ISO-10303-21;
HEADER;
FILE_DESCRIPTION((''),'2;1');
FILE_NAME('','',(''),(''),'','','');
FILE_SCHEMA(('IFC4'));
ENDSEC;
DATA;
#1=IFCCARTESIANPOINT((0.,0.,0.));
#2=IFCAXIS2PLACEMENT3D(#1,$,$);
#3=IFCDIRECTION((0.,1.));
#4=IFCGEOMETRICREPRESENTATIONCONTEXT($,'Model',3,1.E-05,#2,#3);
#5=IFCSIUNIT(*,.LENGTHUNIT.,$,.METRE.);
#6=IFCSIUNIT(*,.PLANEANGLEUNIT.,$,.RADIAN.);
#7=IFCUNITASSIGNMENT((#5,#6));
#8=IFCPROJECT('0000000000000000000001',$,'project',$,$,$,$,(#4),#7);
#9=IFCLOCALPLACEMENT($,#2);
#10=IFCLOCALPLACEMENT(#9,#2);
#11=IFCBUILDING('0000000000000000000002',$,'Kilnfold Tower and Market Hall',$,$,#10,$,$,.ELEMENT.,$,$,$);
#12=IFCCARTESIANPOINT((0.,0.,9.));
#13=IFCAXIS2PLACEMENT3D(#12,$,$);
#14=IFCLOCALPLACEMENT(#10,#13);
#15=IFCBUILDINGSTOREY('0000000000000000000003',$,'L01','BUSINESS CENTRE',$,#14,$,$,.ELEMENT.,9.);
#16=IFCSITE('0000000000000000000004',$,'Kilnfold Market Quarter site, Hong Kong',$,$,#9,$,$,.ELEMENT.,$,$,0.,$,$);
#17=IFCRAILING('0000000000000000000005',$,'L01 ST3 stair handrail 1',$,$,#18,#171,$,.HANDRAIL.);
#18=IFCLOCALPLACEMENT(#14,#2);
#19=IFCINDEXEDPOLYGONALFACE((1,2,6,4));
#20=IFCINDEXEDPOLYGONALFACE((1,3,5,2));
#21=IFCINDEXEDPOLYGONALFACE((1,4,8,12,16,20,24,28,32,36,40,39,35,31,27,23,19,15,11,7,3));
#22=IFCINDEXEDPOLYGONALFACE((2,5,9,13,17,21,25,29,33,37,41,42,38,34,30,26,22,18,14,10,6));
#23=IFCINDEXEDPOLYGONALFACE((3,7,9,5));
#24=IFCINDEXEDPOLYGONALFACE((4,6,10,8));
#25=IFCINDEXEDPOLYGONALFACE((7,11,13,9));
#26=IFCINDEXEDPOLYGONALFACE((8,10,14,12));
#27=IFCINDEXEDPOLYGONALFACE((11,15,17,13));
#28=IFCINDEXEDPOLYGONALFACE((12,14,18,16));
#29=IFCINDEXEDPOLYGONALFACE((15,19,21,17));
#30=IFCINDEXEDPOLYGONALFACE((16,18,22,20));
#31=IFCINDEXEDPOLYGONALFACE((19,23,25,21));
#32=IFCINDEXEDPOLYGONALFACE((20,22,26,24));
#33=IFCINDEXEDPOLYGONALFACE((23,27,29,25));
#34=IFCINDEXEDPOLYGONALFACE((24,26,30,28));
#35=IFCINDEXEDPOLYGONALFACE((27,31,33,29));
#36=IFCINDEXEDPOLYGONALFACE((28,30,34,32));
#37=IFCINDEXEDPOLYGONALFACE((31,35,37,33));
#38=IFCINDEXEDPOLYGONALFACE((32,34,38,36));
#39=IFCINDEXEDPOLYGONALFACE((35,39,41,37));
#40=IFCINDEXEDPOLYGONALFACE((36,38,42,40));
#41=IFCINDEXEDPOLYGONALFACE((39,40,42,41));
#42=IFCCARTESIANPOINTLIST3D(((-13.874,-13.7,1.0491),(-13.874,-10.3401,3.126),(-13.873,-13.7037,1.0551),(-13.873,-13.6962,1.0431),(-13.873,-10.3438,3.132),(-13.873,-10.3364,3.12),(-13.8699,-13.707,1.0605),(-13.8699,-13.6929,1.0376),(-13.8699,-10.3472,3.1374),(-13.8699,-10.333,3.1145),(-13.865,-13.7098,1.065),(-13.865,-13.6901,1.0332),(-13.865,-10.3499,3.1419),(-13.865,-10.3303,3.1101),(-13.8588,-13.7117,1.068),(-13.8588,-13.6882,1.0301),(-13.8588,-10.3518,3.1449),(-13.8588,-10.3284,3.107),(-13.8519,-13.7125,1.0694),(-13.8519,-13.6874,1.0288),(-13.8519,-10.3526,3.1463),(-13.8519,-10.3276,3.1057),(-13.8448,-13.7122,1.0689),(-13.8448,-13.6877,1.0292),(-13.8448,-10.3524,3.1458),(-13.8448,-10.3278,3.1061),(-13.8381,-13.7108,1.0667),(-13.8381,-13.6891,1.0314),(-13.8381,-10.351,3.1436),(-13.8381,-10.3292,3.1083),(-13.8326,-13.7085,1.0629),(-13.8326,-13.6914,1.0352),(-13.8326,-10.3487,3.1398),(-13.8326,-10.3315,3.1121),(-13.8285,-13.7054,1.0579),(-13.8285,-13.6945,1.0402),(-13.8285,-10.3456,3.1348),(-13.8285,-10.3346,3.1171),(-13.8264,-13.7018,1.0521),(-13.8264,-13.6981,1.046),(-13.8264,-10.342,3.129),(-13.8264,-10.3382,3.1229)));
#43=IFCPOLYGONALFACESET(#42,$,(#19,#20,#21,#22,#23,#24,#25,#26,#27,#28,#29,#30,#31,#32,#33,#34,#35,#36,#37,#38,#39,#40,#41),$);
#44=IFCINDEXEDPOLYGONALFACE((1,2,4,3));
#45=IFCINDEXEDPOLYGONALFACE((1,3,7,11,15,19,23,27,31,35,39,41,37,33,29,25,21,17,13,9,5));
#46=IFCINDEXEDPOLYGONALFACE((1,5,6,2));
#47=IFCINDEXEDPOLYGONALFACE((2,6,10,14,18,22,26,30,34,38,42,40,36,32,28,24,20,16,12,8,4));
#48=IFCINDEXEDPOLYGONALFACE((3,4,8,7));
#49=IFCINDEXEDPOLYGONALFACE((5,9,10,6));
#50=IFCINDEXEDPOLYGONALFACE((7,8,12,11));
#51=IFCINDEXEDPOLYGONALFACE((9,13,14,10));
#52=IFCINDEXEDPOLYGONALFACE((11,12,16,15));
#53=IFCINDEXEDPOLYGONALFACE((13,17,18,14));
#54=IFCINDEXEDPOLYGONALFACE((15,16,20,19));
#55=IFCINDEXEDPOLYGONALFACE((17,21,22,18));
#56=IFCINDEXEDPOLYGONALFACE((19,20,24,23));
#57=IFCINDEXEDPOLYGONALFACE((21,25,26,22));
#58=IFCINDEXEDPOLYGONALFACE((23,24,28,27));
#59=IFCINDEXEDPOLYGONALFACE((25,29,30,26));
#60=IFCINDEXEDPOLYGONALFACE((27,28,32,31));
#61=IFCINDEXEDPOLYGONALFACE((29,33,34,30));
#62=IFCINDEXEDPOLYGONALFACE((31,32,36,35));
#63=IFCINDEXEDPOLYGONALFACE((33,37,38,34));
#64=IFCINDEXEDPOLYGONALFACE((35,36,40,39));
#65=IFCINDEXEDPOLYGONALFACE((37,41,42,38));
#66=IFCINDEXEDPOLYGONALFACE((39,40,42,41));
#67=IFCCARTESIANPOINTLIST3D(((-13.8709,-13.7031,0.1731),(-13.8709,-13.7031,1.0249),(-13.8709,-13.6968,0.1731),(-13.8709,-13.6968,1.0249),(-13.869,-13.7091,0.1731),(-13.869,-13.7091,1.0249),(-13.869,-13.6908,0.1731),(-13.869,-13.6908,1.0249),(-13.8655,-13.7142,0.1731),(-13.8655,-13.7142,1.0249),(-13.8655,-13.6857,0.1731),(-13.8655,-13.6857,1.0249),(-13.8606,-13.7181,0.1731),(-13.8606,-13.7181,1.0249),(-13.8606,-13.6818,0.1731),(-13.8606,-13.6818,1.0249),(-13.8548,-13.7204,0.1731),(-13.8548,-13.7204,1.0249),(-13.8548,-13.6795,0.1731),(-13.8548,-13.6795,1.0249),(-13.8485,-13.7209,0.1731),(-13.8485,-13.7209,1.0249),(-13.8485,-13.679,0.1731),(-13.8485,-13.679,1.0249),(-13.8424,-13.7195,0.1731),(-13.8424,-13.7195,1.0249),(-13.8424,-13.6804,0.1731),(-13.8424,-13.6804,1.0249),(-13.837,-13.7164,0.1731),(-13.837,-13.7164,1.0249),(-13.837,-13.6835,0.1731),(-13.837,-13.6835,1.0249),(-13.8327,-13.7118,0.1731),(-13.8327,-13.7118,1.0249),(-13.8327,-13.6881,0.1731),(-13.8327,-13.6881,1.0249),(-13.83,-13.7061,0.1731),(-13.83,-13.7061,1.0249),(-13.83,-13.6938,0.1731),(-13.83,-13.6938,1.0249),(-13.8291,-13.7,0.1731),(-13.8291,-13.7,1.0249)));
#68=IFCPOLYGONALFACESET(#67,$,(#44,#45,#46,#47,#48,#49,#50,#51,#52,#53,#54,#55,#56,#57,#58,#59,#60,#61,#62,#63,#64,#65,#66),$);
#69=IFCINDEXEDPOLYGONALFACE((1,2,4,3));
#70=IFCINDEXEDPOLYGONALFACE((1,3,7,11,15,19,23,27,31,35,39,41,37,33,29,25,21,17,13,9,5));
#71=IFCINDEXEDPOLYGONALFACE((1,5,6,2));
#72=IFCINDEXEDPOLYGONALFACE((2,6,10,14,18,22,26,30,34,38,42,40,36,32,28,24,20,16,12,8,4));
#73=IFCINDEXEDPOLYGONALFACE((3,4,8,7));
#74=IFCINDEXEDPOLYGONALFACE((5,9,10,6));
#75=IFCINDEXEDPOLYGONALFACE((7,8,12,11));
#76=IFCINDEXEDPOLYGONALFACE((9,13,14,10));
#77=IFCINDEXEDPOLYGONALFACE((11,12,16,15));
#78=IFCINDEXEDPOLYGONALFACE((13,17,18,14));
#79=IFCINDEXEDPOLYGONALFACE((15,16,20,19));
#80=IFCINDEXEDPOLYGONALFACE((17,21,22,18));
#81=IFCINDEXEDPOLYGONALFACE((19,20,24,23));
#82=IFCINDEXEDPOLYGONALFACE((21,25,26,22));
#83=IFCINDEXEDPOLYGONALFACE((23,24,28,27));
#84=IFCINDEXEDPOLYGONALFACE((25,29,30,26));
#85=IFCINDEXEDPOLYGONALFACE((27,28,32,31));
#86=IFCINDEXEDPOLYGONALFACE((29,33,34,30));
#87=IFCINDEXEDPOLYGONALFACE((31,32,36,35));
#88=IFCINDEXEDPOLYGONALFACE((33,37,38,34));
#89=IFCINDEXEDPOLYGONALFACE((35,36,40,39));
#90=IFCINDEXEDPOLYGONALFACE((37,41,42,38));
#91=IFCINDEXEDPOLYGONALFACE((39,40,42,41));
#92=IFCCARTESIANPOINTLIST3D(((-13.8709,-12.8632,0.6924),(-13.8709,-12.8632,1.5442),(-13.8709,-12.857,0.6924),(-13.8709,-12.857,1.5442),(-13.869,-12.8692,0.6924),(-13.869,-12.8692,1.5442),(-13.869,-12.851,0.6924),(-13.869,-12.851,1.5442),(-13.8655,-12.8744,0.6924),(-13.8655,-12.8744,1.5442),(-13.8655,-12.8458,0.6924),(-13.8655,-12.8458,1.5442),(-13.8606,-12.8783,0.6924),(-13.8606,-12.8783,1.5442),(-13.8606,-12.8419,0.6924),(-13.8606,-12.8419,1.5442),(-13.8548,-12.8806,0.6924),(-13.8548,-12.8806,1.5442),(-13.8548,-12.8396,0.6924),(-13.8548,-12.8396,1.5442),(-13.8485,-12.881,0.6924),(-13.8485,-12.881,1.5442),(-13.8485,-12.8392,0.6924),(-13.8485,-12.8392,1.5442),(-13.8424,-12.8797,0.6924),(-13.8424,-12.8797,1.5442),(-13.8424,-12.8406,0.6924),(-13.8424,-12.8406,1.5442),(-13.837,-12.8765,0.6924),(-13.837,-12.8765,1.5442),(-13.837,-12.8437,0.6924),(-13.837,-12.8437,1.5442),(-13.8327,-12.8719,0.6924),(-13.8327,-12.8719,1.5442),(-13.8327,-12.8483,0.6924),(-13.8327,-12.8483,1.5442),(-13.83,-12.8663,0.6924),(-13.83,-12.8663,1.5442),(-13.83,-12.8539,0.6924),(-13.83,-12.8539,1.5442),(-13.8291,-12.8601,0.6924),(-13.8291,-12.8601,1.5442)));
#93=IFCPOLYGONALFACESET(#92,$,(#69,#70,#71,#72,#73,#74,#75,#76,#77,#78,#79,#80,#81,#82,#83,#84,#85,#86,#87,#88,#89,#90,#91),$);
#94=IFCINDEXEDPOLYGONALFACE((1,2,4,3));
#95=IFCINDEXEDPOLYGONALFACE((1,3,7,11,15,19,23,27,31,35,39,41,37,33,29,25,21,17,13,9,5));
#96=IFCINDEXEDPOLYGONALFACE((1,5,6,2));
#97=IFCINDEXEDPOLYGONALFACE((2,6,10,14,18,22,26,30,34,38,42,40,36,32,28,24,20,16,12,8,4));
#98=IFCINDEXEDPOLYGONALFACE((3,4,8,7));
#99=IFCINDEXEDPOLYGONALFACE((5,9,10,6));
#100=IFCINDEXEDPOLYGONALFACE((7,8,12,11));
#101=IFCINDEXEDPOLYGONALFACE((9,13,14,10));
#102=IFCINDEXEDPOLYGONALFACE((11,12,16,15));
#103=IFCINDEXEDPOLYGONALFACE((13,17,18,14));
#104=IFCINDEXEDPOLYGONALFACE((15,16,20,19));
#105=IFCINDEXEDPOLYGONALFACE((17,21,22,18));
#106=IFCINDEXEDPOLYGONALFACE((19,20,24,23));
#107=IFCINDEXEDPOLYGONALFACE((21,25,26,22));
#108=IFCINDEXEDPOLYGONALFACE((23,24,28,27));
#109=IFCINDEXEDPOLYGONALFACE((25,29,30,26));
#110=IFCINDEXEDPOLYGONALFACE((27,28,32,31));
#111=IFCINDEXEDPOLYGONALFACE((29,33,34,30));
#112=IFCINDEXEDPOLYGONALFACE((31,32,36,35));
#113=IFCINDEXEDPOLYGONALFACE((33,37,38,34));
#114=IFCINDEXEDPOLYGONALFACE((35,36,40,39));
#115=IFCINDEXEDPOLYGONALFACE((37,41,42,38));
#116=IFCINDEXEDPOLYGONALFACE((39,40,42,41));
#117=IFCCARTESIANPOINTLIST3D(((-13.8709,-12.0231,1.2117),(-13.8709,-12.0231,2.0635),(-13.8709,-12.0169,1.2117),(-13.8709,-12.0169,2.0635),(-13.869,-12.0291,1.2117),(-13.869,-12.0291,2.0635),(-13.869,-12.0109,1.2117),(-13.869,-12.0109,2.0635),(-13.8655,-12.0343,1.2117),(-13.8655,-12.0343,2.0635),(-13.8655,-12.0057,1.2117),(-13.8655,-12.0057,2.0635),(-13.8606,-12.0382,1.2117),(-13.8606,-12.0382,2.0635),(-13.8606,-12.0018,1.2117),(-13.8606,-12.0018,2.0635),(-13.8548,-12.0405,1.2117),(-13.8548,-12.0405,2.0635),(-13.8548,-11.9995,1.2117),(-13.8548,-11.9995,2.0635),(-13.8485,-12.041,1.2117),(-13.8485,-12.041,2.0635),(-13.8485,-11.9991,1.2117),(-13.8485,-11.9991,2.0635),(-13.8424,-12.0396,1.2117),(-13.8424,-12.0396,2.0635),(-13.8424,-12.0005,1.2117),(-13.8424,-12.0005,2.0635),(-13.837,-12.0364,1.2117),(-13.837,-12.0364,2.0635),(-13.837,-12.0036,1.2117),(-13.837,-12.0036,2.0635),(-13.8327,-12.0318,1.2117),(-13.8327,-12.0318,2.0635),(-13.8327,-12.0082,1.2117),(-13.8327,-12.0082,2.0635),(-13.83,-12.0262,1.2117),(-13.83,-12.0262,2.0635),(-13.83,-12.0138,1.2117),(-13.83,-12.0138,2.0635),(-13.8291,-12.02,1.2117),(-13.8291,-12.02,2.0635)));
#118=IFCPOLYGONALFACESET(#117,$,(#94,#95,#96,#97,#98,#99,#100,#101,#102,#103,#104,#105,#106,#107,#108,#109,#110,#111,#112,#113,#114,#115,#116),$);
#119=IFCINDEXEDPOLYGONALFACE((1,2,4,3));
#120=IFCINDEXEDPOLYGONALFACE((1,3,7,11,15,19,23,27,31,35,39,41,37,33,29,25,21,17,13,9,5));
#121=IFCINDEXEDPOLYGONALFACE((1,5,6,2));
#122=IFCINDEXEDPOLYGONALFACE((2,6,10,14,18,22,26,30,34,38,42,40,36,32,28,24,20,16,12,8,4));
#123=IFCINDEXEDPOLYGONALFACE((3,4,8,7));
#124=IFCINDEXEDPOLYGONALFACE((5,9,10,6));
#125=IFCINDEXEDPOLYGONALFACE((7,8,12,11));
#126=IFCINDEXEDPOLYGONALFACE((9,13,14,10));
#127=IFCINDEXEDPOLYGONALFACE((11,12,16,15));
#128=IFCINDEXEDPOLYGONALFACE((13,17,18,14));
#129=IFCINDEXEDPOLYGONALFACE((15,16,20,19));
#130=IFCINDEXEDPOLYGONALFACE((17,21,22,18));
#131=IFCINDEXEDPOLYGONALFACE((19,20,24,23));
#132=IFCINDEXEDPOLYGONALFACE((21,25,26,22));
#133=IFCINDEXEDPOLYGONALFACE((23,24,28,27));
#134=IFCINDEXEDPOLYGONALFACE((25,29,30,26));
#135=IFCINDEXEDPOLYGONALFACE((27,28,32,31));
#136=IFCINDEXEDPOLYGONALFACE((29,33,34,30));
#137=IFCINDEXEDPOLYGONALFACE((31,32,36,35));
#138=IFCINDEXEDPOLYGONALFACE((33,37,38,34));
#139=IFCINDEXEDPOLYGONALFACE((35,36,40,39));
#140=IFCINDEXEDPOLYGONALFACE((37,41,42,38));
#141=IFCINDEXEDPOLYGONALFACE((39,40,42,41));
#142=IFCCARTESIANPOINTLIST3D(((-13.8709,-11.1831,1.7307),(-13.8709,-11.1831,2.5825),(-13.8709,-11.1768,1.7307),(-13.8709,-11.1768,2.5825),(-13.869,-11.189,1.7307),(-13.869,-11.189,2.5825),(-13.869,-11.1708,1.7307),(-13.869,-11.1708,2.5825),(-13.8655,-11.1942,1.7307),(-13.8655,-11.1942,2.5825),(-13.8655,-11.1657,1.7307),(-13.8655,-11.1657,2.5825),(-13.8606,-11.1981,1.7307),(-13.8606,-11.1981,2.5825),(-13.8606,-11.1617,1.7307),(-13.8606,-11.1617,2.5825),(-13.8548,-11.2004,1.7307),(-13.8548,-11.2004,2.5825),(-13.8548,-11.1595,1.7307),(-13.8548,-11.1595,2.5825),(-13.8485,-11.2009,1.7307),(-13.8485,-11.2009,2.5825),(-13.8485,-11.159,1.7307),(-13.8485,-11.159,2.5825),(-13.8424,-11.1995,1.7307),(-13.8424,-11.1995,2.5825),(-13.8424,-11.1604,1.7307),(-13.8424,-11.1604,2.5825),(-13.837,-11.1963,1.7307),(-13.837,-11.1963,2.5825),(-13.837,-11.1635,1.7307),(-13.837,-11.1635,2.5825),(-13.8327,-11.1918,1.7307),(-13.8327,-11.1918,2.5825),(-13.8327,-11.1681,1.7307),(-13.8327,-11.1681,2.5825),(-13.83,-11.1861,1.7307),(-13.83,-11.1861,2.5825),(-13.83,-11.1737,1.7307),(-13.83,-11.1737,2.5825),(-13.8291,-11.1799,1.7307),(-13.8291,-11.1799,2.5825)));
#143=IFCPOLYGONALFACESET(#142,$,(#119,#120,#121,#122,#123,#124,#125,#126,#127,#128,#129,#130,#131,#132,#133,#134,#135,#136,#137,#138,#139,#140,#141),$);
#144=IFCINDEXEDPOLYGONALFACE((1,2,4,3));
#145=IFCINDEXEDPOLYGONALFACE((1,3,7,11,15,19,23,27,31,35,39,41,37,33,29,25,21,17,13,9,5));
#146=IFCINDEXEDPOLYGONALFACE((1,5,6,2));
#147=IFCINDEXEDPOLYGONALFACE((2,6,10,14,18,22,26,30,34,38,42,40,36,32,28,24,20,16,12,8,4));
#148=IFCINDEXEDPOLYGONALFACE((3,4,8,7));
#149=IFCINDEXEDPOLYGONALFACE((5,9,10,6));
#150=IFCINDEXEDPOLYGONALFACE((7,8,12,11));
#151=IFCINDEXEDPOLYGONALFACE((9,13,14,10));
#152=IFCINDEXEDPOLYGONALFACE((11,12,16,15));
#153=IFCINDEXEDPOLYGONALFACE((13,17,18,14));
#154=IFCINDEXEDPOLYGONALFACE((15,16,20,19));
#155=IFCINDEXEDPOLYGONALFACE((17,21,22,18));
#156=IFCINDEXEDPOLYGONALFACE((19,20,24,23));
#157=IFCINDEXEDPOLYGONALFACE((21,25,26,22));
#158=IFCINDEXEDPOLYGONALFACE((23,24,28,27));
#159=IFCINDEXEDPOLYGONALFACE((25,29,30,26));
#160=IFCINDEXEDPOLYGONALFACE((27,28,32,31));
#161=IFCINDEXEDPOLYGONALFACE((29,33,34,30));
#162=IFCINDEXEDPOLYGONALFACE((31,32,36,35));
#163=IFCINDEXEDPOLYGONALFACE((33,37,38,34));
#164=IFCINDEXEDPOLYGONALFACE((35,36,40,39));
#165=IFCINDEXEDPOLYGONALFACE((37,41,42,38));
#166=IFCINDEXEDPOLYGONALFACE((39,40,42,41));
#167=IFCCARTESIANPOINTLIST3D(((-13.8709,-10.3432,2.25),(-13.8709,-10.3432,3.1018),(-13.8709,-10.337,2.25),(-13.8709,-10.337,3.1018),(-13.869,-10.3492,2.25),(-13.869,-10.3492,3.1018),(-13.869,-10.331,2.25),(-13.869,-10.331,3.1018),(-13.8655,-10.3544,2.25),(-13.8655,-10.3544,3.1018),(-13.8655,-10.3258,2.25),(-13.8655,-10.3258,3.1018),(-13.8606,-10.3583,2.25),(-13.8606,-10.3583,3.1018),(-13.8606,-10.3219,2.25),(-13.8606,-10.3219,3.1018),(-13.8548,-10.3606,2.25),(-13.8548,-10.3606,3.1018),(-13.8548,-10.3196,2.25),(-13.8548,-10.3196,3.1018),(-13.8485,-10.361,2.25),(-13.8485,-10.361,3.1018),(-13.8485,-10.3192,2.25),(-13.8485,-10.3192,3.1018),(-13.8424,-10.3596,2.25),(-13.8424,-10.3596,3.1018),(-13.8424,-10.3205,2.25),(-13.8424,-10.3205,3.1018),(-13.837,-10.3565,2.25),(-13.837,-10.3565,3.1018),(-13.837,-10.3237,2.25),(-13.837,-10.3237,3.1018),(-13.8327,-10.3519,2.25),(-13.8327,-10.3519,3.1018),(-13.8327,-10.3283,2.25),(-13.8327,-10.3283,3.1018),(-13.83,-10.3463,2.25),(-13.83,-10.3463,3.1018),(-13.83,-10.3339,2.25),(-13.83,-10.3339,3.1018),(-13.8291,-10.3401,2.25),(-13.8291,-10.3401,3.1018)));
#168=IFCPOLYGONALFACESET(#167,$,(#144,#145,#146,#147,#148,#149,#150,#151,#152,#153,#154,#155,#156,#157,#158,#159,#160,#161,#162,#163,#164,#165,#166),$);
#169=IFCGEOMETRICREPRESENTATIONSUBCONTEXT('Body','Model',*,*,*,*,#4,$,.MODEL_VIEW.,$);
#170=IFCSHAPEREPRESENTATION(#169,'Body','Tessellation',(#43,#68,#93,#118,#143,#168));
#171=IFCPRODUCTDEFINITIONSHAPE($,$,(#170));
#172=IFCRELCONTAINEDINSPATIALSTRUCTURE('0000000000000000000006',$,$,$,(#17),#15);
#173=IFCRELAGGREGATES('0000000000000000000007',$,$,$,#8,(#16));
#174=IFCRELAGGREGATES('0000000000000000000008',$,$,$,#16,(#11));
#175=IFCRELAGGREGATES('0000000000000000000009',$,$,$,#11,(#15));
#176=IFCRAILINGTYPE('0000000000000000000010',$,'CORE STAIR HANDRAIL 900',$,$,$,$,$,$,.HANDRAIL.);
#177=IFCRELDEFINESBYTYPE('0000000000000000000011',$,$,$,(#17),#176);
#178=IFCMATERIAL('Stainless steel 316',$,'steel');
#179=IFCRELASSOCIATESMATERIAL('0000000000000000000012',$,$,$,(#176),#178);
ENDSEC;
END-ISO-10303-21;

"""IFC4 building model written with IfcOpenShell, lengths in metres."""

from ifc_helpers import new_model, si_unit, direction, frame, origin, origin_2d, place, context, subcontext, project, spatial, circle, extrude, material, type_object, element, save


model = new_model("IFC4")

# Units and contexts
model_context = context("Model", 3, precision=1e-05, world=origin(), true_north=direction((0.0, 1.0)))
body_context = subcontext(model_context, "Body", "Model", "MODEL_VIEW")
ifc_project = project(units=[si_unit("LENGTHUNIT", "METRE"), si_unit("PLANEANGLEUNIT", "RADIAN")], contexts=[model_context])

# Site, building, storey
site_placement = place(None, origin())
site = spatial("IfcSite", under=ifc_project, at=site_placement, Name="Kilnfold Market Quarter site, Hong Kong", CompositionType="ELEMENT", RefElevation=0.0)
building_placement = place(site_placement, origin())
building = spatial("IfcBuilding", under=site, at=building_placement, Name="Kilnfold Tower and Market Hall", CompositionType="ELEMENT")
storey_placement = place(building_placement, frame((0.0, 0.0, 9.0)))
storey = spatial("IfcBuildingStorey", under=building, at=storey_placement, Name="L01", Description="BUSINESS CENTRE", CompositionType="ELEMENT", Elevation=9.0)

# Railing
ifc_material_1 = material(Name="Stainless steel 316", Category="steel")
railing_type_1 = type_object("IfcRailingType", Name="CORE STAIR HANDRAIL 900", PredefinedType="HANDRAIL", material=ifc_material_1)
railing_1_placement = place(storey_placement, frame((-13.8501, -13.7, 0.1731)))
element("IfcRailing", 1, at=railing_1_placement, inside=storey, type_object=railing_type_1, Name="L01 ST3 stair handrail 1", PredefinedType="HANDRAIL", context=body_context, shape_type="SweptSolid", body=[
    extrude(circle(Radius=0.0239, at=origin_2d()), frame((0.0, 0.0, 0.876), z_axis=(0.0, 0.850606, 0.525803), x_axis=(-1.0, 0.0, 0.0)), (0.0, 0.0, 1.0), 3.95),
    extrude(circle(Radius=0.021, at=origin_2d()), origin(), (0.0, 0.0, 1.0), 0.8518),
    extrude(circle(Radius=0.021, at=origin_2d()), frame((0.0, 0.8398, 0.5193)), (0.0, 0.0, 1.0), 0.8518),
    extrude(circle(Radius=0.021, at=origin_2d()), frame((0.0, 1.6799, 1.0386)), (0.0, 0.0, 1.0), 0.8518),
    extrude(circle(Radius=0.021, at=origin_2d()), frame((0.0, 2.52, 1.5576)), (0.0, 0.0, 1.0), 0.8518),
    extrude(circle(Radius=0.021, at=origin_2d()), frame((0.0, 3.3599, 2.0769)), (0.0, 0.0, 1.0), 0.8518),
])

save(model, "model.ifc")
